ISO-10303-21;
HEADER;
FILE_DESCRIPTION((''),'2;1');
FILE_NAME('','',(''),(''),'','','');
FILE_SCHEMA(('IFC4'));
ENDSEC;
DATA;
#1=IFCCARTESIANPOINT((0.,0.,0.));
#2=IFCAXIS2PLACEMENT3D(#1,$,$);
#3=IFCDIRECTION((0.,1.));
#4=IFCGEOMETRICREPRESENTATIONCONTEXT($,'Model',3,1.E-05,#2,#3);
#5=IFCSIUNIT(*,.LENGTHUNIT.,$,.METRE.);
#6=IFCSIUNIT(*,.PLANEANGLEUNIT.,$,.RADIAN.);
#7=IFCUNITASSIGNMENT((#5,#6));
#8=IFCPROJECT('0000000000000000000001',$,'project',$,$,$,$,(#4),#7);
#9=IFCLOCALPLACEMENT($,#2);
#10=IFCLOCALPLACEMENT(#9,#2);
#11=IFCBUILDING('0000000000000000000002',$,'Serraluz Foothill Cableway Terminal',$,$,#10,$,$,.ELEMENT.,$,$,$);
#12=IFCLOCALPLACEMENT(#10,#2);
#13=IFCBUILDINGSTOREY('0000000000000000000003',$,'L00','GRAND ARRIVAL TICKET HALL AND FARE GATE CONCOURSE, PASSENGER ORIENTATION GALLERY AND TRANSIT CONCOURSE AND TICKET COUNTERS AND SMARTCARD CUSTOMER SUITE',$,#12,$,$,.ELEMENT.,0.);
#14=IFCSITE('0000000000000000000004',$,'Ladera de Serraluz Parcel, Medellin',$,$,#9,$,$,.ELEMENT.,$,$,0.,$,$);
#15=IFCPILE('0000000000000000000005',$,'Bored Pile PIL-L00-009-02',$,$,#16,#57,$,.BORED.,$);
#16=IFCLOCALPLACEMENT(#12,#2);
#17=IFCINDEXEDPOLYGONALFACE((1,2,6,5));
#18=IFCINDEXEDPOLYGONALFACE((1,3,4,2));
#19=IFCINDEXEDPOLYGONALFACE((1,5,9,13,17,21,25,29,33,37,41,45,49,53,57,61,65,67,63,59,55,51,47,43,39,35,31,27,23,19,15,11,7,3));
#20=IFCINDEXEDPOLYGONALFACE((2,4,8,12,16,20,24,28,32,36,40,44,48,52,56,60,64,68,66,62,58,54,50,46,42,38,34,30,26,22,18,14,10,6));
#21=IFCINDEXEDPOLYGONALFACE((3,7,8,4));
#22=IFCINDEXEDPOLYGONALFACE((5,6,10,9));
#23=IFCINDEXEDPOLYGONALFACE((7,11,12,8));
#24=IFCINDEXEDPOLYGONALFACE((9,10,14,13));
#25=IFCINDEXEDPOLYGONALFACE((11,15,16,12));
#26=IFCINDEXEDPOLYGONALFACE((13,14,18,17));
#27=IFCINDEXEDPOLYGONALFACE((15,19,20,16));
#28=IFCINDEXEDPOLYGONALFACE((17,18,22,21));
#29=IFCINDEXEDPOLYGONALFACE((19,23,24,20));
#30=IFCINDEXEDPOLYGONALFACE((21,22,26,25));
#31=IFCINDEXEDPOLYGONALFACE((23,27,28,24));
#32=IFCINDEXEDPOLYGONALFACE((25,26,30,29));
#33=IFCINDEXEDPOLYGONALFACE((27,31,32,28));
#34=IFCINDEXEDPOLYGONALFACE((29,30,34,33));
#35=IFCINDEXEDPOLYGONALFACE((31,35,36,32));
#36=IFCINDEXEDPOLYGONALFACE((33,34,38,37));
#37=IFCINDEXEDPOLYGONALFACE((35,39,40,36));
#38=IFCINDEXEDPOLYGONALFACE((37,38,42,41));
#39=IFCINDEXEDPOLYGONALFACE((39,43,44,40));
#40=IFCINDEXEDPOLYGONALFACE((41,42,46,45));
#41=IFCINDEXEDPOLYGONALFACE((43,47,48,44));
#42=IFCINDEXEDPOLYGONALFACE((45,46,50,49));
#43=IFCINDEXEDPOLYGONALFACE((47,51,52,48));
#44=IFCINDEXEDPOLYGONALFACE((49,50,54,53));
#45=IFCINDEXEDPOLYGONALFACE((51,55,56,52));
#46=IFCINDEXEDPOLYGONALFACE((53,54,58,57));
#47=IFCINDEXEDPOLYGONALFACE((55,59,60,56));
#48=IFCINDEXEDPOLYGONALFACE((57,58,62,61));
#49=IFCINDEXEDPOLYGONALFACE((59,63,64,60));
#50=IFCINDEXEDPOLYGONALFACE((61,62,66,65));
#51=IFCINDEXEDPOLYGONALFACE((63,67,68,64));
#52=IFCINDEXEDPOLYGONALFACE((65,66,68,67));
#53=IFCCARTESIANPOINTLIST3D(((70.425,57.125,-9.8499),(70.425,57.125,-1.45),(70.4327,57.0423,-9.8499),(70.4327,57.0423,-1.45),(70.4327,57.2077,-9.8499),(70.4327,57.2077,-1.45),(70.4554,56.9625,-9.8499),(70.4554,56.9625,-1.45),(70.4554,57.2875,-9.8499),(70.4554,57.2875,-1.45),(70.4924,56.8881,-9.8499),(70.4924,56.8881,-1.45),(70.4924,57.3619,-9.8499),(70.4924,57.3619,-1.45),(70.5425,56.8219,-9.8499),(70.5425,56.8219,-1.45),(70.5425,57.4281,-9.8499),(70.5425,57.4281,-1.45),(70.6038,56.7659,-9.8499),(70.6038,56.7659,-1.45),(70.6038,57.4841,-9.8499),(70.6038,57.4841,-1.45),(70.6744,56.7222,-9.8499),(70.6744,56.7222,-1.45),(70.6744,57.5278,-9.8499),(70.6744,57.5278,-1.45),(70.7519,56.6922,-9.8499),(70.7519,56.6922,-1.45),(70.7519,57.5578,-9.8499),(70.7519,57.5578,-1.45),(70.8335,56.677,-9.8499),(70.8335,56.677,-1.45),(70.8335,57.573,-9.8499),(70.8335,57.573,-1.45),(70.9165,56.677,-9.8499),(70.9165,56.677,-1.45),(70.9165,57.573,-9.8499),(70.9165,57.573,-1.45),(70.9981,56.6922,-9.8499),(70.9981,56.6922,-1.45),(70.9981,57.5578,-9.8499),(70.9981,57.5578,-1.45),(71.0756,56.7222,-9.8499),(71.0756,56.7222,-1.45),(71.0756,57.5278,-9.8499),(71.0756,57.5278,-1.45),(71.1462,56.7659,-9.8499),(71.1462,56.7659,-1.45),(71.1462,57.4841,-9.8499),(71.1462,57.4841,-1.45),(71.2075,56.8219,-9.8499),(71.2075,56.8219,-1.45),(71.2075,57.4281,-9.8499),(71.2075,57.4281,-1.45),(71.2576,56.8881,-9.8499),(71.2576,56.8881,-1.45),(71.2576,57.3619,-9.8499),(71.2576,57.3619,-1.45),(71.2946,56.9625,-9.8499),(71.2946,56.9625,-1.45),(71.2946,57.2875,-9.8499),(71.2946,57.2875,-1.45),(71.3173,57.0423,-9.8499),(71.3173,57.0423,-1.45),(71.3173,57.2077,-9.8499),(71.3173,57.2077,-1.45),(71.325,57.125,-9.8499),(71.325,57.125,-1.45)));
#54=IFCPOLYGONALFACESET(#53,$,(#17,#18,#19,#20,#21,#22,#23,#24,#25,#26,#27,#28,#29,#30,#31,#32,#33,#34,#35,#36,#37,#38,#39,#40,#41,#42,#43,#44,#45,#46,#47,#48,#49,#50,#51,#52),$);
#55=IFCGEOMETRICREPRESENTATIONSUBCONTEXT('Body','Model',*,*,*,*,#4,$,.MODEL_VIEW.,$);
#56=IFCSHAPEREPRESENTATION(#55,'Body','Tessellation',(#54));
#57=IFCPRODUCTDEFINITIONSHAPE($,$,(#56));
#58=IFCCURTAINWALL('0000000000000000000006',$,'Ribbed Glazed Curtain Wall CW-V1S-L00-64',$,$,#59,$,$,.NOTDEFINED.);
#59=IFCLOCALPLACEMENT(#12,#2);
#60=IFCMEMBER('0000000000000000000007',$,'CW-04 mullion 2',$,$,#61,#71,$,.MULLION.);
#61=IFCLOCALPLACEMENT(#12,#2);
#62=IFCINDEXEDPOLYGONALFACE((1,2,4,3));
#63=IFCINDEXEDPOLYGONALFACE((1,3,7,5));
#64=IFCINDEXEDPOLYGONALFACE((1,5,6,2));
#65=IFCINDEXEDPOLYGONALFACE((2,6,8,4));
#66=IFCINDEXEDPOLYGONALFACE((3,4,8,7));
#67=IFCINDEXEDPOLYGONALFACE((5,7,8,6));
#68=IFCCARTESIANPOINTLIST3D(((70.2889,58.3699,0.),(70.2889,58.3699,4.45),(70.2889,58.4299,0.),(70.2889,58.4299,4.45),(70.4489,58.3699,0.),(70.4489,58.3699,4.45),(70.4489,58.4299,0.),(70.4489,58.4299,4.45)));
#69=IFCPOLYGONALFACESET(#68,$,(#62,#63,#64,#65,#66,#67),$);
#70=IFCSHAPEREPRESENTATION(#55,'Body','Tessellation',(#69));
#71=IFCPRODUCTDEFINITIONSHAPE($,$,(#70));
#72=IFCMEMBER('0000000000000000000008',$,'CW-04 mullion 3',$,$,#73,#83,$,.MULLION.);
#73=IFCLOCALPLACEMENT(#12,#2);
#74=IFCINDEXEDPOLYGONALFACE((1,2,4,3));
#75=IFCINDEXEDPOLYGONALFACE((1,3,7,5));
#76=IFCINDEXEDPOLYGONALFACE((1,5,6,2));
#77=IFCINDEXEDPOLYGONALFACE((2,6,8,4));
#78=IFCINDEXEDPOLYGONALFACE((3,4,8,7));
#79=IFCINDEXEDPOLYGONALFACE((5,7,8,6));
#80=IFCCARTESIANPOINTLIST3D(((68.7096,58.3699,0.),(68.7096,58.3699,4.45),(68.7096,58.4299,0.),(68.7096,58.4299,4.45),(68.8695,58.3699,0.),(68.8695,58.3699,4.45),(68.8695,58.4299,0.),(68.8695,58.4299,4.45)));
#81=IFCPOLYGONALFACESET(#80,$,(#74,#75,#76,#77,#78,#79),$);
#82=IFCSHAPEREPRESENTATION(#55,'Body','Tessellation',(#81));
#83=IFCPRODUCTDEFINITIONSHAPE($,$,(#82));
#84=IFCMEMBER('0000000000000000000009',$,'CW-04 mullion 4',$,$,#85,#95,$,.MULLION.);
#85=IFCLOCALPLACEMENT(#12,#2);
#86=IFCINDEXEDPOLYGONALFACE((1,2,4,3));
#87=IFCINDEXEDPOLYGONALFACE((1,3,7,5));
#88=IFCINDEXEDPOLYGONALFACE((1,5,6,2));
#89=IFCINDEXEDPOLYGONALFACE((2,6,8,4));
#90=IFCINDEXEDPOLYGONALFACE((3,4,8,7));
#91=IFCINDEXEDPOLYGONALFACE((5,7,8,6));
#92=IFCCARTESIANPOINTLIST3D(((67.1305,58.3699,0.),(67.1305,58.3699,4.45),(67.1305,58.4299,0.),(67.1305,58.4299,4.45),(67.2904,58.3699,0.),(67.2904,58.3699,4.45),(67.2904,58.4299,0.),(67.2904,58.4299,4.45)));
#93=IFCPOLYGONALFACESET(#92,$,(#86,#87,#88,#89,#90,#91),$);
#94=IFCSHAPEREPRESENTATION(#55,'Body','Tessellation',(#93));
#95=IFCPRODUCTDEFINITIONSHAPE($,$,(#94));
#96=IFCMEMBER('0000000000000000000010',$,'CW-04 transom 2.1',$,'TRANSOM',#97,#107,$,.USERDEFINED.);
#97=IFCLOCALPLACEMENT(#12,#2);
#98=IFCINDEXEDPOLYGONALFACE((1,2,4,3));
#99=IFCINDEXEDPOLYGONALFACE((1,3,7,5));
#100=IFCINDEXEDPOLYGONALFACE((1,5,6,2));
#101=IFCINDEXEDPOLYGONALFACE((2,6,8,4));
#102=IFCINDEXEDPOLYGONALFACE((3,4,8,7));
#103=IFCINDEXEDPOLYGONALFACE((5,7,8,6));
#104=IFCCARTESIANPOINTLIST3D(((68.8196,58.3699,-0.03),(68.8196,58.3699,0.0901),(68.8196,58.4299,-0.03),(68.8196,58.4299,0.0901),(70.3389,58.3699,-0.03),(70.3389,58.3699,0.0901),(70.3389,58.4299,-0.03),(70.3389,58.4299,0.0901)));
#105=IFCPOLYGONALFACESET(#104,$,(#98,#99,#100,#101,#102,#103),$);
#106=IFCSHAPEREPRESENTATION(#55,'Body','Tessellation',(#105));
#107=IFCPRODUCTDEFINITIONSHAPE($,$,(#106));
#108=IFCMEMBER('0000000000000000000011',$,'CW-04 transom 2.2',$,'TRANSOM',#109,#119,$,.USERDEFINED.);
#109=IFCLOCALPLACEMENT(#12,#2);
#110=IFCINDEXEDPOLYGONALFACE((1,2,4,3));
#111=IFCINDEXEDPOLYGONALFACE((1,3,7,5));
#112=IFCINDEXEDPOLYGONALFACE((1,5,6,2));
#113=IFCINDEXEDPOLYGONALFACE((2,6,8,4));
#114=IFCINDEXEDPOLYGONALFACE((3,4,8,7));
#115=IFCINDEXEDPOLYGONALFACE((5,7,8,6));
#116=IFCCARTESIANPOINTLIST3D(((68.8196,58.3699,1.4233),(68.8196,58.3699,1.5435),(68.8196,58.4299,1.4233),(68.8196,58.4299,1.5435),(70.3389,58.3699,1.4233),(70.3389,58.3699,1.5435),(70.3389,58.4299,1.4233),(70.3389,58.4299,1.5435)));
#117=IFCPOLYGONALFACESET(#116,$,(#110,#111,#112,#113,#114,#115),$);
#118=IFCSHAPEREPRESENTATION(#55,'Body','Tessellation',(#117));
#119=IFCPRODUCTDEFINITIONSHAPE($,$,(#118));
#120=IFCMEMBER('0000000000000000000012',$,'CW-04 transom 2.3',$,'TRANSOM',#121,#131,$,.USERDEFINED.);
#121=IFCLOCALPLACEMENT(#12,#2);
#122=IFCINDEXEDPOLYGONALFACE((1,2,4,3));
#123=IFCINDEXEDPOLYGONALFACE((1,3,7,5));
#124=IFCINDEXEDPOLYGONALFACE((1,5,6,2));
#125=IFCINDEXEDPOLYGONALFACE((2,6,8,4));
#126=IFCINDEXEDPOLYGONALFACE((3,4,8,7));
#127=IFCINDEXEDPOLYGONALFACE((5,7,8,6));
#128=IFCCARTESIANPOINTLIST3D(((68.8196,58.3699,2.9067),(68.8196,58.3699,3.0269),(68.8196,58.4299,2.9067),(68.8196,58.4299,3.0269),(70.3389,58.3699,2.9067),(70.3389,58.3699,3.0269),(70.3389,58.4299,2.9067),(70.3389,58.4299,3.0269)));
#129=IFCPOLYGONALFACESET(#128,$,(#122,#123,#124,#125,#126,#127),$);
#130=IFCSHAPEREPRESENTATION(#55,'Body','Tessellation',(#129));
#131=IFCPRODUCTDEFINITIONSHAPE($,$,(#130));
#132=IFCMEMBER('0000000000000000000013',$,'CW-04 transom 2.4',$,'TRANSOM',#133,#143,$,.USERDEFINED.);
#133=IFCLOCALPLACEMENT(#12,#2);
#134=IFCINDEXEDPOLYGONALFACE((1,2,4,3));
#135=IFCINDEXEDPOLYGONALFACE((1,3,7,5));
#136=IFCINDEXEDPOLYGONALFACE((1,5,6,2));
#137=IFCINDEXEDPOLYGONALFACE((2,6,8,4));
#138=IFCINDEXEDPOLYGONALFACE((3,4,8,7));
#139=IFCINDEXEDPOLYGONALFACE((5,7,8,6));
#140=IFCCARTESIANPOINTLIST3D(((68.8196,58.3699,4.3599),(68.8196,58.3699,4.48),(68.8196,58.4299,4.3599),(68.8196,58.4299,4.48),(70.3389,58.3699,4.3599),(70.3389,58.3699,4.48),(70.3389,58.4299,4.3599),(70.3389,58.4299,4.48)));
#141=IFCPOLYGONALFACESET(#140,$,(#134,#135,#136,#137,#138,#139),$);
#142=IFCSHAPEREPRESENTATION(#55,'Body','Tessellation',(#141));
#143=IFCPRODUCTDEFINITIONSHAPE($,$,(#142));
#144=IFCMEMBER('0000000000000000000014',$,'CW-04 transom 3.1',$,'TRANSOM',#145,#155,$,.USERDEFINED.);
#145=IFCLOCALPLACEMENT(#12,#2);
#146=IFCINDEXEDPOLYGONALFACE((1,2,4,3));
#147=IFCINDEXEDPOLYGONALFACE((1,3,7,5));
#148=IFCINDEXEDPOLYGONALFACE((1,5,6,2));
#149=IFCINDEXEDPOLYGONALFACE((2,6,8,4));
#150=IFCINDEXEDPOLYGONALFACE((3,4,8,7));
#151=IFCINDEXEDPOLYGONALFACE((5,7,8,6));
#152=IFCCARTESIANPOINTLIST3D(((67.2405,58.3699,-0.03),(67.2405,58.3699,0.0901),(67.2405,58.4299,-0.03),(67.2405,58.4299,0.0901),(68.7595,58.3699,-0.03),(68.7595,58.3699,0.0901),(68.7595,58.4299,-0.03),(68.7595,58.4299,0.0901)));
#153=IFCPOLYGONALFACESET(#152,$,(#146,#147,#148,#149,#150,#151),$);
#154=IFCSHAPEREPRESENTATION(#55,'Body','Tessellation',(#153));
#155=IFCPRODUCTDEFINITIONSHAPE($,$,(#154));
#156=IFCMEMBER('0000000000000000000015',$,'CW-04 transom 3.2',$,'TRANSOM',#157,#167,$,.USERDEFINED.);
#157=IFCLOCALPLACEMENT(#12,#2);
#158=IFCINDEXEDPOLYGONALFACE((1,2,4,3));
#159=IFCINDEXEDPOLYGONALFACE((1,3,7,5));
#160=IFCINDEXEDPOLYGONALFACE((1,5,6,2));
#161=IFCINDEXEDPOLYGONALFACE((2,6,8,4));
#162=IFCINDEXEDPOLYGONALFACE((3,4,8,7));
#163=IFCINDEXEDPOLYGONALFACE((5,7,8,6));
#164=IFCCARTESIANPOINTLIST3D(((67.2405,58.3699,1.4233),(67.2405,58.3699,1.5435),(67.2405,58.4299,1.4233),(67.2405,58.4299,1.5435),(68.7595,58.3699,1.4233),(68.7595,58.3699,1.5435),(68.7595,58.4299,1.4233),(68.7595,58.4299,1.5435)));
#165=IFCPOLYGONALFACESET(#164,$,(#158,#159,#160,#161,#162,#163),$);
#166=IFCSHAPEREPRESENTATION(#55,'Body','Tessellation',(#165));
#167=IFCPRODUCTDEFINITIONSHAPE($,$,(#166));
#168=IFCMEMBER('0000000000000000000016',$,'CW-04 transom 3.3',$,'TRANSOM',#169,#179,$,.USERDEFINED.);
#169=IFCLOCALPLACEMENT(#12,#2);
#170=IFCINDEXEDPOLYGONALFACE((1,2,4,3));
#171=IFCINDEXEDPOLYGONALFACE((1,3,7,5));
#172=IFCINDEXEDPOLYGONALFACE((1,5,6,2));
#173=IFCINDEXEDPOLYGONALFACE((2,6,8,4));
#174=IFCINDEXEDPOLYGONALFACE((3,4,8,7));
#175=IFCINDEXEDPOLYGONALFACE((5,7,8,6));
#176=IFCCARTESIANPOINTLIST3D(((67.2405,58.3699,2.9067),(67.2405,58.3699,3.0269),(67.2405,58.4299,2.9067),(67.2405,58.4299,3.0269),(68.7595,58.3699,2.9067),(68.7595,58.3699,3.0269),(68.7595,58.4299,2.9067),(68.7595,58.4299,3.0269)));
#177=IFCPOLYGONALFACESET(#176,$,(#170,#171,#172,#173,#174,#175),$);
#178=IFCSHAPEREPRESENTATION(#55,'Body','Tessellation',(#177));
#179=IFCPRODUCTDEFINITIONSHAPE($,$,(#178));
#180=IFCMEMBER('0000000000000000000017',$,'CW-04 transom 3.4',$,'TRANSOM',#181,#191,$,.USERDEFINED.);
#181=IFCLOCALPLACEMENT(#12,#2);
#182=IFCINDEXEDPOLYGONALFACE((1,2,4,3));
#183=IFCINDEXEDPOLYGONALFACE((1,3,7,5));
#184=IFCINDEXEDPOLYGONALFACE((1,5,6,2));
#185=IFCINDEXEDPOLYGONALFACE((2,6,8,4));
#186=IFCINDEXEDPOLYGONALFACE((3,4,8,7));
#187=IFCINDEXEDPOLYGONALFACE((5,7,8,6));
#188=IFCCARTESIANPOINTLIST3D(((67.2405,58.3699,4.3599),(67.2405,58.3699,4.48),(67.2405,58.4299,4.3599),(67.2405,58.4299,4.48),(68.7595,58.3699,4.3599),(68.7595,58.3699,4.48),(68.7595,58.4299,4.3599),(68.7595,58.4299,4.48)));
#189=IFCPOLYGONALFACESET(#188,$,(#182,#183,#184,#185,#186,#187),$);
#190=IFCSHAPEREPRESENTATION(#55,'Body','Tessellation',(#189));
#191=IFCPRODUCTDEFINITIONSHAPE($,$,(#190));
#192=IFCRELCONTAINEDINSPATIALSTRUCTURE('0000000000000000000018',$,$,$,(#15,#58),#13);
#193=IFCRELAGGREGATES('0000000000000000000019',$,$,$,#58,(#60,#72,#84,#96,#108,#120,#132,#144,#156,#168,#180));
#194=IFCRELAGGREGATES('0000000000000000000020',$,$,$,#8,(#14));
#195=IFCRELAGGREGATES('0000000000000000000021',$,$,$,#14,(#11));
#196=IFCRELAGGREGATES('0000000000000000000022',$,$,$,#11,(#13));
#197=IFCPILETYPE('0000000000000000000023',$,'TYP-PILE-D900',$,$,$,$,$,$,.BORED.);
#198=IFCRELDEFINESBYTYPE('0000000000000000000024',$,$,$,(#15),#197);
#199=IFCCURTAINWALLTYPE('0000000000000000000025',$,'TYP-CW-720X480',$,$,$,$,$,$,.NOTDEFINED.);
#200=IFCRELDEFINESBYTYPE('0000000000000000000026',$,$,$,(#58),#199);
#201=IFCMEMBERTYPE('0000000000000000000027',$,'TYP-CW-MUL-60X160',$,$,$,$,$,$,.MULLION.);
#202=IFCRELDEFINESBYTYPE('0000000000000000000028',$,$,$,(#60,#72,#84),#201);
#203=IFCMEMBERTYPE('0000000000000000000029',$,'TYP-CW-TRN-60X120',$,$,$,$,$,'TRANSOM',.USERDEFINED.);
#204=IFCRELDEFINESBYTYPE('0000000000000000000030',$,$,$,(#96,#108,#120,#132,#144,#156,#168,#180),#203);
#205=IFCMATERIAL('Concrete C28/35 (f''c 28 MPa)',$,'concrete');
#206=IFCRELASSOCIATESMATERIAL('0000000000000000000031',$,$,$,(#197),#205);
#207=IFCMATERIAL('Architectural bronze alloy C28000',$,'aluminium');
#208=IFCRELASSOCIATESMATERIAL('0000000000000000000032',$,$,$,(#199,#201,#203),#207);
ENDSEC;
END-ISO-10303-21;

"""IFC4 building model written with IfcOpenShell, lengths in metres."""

from ifc_helpers import new_model, si_unit, direction, frame, origin, origin_2d, place, context, subcontext, project, spatial, rectangle, circle, extrude, material, material_profile, profile_set, type_object, element, aggregate, save


model = new_model("IFC4")

# Units and contexts
model_context = context("Model", 3, precision=1e-05, world=origin(), true_north=direction((0.0, 1.0)))
body_context = subcontext(model_context, "Body", "Model", "MODEL_VIEW")
ifc_project = project(units=[si_unit("LENGTHUNIT", "METRE"), si_unit("PLANEANGLEUNIT", "RADIAN")], contexts=[model_context])

# Site, building, storey
site_placement = place(None, origin())
site = spatial("IfcSite", under=ifc_project, at=site_placement, Name="Ladera de Serraluz Parcel, Medellin", CompositionType="ELEMENT", RefElevation=0.0)
building_placement = place(site_placement, origin())
building = spatial("IfcBuilding", under=site, at=building_placement, Name="Serraluz Foothill Cableway Terminal", CompositionType="ELEMENT")
storey_placement = place(building_placement, origin())
storey = spatial("IfcBuildingStorey", under=building, at=storey_placement, Name="L00", Description="GRAND ARRIVAL TICKET HALL AND FARE GATE CONCOURSE, PASSENGER ORIENTATION GALLERY AND TRANSIT CONCOURSE AND TICKET COUNTERS AND SMARTCARD CUSTOMER SUITE", CompositionType="ELEMENT", Elevation=0.0)

# Pile
ifc_material_1 = material(Name="Concrete C28/35 (f'c 28 MPa)", Category="concrete")
ifc_material_profile_1 = material_profile(ifc_material_1, circle(Radius=0.45, at=origin_2d()), Name="BORED PILE D900")
ifc_profile_set_1 = profile_set([ifc_material_profile_1], Name="Concrete C28/35 (f'c 28 MPa)")
pile_type = type_object("IfcPileType", Name="TYP-PILE-D900", PredefinedType="BORED", material=ifc_profile_set_1)
pile_placement = place(storey_placement, frame((70.875, 57.125, -1.45), z_axis=(0.0, 0.0, -1.0), x_axis=(1.0, 0.0, 0.0)))
element("IfcPile", 1, at=pile_placement, inside=storey, type_object=pile_type, Name="Bored Pile PIL-L00-009-02", PredefinedType="BORED", context=body_context, shape_type="SweptSolid", body=[
    extrude(circle(Radius=0.45, at=origin_2d()), origin(), (0.0, 0.0, 1.0), 8.3999),
])

# Curtain wall, members
ifc_material_2 = material(Name="Architectural bronze alloy C28000", Category="aluminium")
curtain_wall_type = type_object("IfcCurtainWallType", Name="TYP-CW-720X480", PredefinedType="NOTDEFINED", material=ifc_material_2)
curtain_wall_placement = place(storey_placement, origin())
curtain_wall = element("IfcCurtainWall", 2, at=curtain_wall_placement, inside=storey, type_object=curtain_wall_type, Name="Ribbed Glazed Curtain Wall CW-V1S-L00-64", PredefinedType="NOTDEFINED")
ifc_material_profile_2 = material_profile(ifc_material_2, rectangle(XDim=0.0601, YDim=0.1599, at=origin_2d()), Name="ALU MULLION 60x160")
ifc_profile_set_2 = profile_set([ifc_material_profile_2], Name="Architectural bronze alloy C28000")
member_type_1 = type_object("IfcMemberType", Name="TYP-CW-MUL-60X160", PredefinedType="MULLION", material=ifc_profile_set_2)
member_1_placement = place(storey_placement, frame((70.3689, 58.3999, 0.0), z_axis=(0.0, 0.0, 1.0), x_axis=(0.0, -1.0, 0.0)))
member_1 = element("IfcMember", 3, at=member_1_placement, type_object=member_type_1, Name="CW-04 mullion 2", PredefinedType="MULLION", context=body_context, shape_type="SweptSolid", body=[
    extrude(rectangle(XDim=0.0601, YDim=0.1599, at=origin_2d()), origin(), (0.0, 0.0, 1.0), 4.45),
])
member_2_placement = place(storey_placement, frame((68.7896, 58.3999, 0.0), z_axis=(0.0, 0.0, 1.0), x_axis=(0.0, -1.0, 0.0)))
member_2 = element("IfcMember", 4, at=member_2_placement, type_object=member_type_1, Name="CW-04 mullion 3", PredefinedType="MULLION", context=body_context, shape_type="SweptSolid", body=[
    extrude(rectangle(XDim=0.0601, YDim=0.1599, at=origin_2d()), origin(), (0.0, 0.0, 1.0), 4.45),
])
member_3_placement = place(storey_placement, frame((67.2104, 58.3999, 0.0), z_axis=(0.0, 0.0, 1.0), x_axis=(0.0, -1.0, 0.0)))
member_3 = element("IfcMember", 5, at=member_3_placement, type_object=member_type_1, Name="CW-04 mullion 4", PredefinedType="MULLION", context=body_context, shape_type="SweptSolid", body=[
    extrude(rectangle(XDim=0.0601, YDim=0.1599, at=origin_2d()), origin(), (0.0, 0.0, 1.0), 4.45),
])
ifc_material_profile_3 = material_profile(ifc_material_2, rectangle(XDim=0.0601, YDim=0.1201, at=origin_2d()), Name="ALU TRANSOM 60x120")
ifc_profile_set_3 = profile_set([ifc_material_profile_3], Name="Architectural bronze alloy C28000")
member_type_2 = type_object("IfcMemberType", Name="TYP-CW-TRN-60X120", ElementType="TRANSOM", PredefinedType="USERDEFINED", material=ifc_profile_set_3)
member_4_placement = place(storey_placement, frame((70.3389, 58.3999, 0.03), z_axis=(-1.0, 0.0, 0.0), x_axis=(0.0, -1.0, 0.0)))
member_4 = element("IfcMember", 6, at=member_4_placement, type_object=member_type_2, Name="CW-04 transom 2.1", ObjectType="TRANSOM", PredefinedType="USERDEFINED", context=body_context, shape_type="SweptSolid", body=[
    extrude(rectangle(XDim=0.0601, YDim=0.1201, at=origin_2d()), origin(), (0.0, 0.0, 1.0), 1.5193),
])
member_5_placement = place(storey_placement, frame((70.3389, 58.3999, 1.4834), z_axis=(-1.0, 0.0, 0.0), x_axis=(0.0, -1.0, 0.0)))
member_5 = element("IfcMember", 7, at=member_5_placement, type_object=member_type_2, Name="CW-04 transom 2.2", ObjectType="TRANSOM", PredefinedType="USERDEFINED", context=body_context, shape_type="SweptSolid", body=[
    extrude(rectangle(XDim=0.0601, YDim=0.1201, at=origin_2d()), origin(), (0.0, 0.0, 1.0), 1.5193),
])
member_6_placement = place(storey_placement, frame((70.3389, 58.3999, 2.9668), z_axis=(-1.0, 0.0, 0.0), x_axis=(0.0, -1.0, 0.0)))
member_6 = element("IfcMember", 8, at=member_6_placement, type_object=member_type_2, Name="CW-04 transom 2.3", ObjectType="TRANSOM", PredefinedType="USERDEFINED", context=body_context, shape_type="SweptSolid", body=[
    extrude(rectangle(XDim=0.0601, YDim=0.1201, at=origin_2d()), origin(), (0.0, 0.0, 1.0), 1.5193),
])
member_7_placement = place(storey_placement, frame((70.3389, 58.3999, 4.4199), z_axis=(-1.0, 0.0, 0.0), x_axis=(0.0, -1.0, 0.0)))
member_7 = element("IfcMember", 9, at=member_7_placement, type_object=member_type_2, Name="CW-04 transom 2.4", ObjectType="TRANSOM", PredefinedType="USERDEFINED", context=body_context, shape_type="SweptSolid", body=[
    extrude(rectangle(XDim=0.0601, YDim=0.1201, at=origin_2d()), origin(), (0.0, 0.0, 1.0), 1.5193),
])
member_8_placement = place(storey_placement, frame((68.7595, 58.3999, 0.03), z_axis=(-1.0, 0.0, 0.0), x_axis=(0.0, -1.0, 0.0)))
member_8 = element("IfcMember", 10, at=member_8_placement, type_object=member_type_2, Name="CW-04 transom 3.1", ObjectType="TRANSOM", PredefinedType="USERDEFINED", context=body_context, shape_type="SweptSolid", body=[
    extrude(rectangle(XDim=0.0601, YDim=0.1201, at=origin_2d()), origin(), (0.0, 0.0, 1.0), 1.519),
])
member_9_placement = place(storey_placement, frame((68.7595, 58.3999, 1.4834), z_axis=(-1.0, 0.0, 0.0), x_axis=(0.0, -1.0, 0.0)))
member_9 = element("IfcMember", 11, at=member_9_placement, type_object=member_type_2, Name="CW-04 transom 3.2", ObjectType="TRANSOM", PredefinedType="USERDEFINED", context=body_context, shape_type="SweptSolid", body=[
    extrude(rectangle(XDim=0.0601, YDim=0.1201, at=origin_2d()), origin(), (0.0, 0.0, 1.0), 1.519),
])
member_10_placement = place(storey_placement, frame((68.7595, 58.3999, 2.9668), z_axis=(-1.0, 0.0, 0.0), x_axis=(0.0, -1.0, 0.0)))
member_10 = element("IfcMember", 12, at=member_10_placement, type_object=member_type_2, Name="CW-04 transom 3.3", ObjectType="TRANSOM", PredefinedType="USERDEFINED", context=body_context, shape_type="SweptSolid", body=[
    extrude(rectangle(XDim=0.0601, YDim=0.1201, at=origin_2d()), origin(), (0.0, 0.0, 1.0), 1.519),
])
member_11_placement = place(storey_placement, frame((68.7595, 58.3999, 4.4199), z_axis=(-1.0, 0.0, 0.0), x_axis=(0.0, -1.0, 0.0)))
member_11 = element("IfcMember", 13, at=member_11_placement, type_object=member_type_2, Name="CW-04 transom 3.4", ObjectType="TRANSOM", PredefinedType="USERDEFINED", context=body_context, shape_type="SweptSolid", body=[
    extrude(rectangle(XDim=0.0601, YDim=0.1201, at=origin_2d()), origin(), (0.0, 0.0, 1.0), 1.519),
])
aggregate(curtain_wall, [member_1, member_2, member_3, member_4, member_5, member_6, member_7, member_8, member_9, member_10, member_11])

save(model, "model.ifc")
